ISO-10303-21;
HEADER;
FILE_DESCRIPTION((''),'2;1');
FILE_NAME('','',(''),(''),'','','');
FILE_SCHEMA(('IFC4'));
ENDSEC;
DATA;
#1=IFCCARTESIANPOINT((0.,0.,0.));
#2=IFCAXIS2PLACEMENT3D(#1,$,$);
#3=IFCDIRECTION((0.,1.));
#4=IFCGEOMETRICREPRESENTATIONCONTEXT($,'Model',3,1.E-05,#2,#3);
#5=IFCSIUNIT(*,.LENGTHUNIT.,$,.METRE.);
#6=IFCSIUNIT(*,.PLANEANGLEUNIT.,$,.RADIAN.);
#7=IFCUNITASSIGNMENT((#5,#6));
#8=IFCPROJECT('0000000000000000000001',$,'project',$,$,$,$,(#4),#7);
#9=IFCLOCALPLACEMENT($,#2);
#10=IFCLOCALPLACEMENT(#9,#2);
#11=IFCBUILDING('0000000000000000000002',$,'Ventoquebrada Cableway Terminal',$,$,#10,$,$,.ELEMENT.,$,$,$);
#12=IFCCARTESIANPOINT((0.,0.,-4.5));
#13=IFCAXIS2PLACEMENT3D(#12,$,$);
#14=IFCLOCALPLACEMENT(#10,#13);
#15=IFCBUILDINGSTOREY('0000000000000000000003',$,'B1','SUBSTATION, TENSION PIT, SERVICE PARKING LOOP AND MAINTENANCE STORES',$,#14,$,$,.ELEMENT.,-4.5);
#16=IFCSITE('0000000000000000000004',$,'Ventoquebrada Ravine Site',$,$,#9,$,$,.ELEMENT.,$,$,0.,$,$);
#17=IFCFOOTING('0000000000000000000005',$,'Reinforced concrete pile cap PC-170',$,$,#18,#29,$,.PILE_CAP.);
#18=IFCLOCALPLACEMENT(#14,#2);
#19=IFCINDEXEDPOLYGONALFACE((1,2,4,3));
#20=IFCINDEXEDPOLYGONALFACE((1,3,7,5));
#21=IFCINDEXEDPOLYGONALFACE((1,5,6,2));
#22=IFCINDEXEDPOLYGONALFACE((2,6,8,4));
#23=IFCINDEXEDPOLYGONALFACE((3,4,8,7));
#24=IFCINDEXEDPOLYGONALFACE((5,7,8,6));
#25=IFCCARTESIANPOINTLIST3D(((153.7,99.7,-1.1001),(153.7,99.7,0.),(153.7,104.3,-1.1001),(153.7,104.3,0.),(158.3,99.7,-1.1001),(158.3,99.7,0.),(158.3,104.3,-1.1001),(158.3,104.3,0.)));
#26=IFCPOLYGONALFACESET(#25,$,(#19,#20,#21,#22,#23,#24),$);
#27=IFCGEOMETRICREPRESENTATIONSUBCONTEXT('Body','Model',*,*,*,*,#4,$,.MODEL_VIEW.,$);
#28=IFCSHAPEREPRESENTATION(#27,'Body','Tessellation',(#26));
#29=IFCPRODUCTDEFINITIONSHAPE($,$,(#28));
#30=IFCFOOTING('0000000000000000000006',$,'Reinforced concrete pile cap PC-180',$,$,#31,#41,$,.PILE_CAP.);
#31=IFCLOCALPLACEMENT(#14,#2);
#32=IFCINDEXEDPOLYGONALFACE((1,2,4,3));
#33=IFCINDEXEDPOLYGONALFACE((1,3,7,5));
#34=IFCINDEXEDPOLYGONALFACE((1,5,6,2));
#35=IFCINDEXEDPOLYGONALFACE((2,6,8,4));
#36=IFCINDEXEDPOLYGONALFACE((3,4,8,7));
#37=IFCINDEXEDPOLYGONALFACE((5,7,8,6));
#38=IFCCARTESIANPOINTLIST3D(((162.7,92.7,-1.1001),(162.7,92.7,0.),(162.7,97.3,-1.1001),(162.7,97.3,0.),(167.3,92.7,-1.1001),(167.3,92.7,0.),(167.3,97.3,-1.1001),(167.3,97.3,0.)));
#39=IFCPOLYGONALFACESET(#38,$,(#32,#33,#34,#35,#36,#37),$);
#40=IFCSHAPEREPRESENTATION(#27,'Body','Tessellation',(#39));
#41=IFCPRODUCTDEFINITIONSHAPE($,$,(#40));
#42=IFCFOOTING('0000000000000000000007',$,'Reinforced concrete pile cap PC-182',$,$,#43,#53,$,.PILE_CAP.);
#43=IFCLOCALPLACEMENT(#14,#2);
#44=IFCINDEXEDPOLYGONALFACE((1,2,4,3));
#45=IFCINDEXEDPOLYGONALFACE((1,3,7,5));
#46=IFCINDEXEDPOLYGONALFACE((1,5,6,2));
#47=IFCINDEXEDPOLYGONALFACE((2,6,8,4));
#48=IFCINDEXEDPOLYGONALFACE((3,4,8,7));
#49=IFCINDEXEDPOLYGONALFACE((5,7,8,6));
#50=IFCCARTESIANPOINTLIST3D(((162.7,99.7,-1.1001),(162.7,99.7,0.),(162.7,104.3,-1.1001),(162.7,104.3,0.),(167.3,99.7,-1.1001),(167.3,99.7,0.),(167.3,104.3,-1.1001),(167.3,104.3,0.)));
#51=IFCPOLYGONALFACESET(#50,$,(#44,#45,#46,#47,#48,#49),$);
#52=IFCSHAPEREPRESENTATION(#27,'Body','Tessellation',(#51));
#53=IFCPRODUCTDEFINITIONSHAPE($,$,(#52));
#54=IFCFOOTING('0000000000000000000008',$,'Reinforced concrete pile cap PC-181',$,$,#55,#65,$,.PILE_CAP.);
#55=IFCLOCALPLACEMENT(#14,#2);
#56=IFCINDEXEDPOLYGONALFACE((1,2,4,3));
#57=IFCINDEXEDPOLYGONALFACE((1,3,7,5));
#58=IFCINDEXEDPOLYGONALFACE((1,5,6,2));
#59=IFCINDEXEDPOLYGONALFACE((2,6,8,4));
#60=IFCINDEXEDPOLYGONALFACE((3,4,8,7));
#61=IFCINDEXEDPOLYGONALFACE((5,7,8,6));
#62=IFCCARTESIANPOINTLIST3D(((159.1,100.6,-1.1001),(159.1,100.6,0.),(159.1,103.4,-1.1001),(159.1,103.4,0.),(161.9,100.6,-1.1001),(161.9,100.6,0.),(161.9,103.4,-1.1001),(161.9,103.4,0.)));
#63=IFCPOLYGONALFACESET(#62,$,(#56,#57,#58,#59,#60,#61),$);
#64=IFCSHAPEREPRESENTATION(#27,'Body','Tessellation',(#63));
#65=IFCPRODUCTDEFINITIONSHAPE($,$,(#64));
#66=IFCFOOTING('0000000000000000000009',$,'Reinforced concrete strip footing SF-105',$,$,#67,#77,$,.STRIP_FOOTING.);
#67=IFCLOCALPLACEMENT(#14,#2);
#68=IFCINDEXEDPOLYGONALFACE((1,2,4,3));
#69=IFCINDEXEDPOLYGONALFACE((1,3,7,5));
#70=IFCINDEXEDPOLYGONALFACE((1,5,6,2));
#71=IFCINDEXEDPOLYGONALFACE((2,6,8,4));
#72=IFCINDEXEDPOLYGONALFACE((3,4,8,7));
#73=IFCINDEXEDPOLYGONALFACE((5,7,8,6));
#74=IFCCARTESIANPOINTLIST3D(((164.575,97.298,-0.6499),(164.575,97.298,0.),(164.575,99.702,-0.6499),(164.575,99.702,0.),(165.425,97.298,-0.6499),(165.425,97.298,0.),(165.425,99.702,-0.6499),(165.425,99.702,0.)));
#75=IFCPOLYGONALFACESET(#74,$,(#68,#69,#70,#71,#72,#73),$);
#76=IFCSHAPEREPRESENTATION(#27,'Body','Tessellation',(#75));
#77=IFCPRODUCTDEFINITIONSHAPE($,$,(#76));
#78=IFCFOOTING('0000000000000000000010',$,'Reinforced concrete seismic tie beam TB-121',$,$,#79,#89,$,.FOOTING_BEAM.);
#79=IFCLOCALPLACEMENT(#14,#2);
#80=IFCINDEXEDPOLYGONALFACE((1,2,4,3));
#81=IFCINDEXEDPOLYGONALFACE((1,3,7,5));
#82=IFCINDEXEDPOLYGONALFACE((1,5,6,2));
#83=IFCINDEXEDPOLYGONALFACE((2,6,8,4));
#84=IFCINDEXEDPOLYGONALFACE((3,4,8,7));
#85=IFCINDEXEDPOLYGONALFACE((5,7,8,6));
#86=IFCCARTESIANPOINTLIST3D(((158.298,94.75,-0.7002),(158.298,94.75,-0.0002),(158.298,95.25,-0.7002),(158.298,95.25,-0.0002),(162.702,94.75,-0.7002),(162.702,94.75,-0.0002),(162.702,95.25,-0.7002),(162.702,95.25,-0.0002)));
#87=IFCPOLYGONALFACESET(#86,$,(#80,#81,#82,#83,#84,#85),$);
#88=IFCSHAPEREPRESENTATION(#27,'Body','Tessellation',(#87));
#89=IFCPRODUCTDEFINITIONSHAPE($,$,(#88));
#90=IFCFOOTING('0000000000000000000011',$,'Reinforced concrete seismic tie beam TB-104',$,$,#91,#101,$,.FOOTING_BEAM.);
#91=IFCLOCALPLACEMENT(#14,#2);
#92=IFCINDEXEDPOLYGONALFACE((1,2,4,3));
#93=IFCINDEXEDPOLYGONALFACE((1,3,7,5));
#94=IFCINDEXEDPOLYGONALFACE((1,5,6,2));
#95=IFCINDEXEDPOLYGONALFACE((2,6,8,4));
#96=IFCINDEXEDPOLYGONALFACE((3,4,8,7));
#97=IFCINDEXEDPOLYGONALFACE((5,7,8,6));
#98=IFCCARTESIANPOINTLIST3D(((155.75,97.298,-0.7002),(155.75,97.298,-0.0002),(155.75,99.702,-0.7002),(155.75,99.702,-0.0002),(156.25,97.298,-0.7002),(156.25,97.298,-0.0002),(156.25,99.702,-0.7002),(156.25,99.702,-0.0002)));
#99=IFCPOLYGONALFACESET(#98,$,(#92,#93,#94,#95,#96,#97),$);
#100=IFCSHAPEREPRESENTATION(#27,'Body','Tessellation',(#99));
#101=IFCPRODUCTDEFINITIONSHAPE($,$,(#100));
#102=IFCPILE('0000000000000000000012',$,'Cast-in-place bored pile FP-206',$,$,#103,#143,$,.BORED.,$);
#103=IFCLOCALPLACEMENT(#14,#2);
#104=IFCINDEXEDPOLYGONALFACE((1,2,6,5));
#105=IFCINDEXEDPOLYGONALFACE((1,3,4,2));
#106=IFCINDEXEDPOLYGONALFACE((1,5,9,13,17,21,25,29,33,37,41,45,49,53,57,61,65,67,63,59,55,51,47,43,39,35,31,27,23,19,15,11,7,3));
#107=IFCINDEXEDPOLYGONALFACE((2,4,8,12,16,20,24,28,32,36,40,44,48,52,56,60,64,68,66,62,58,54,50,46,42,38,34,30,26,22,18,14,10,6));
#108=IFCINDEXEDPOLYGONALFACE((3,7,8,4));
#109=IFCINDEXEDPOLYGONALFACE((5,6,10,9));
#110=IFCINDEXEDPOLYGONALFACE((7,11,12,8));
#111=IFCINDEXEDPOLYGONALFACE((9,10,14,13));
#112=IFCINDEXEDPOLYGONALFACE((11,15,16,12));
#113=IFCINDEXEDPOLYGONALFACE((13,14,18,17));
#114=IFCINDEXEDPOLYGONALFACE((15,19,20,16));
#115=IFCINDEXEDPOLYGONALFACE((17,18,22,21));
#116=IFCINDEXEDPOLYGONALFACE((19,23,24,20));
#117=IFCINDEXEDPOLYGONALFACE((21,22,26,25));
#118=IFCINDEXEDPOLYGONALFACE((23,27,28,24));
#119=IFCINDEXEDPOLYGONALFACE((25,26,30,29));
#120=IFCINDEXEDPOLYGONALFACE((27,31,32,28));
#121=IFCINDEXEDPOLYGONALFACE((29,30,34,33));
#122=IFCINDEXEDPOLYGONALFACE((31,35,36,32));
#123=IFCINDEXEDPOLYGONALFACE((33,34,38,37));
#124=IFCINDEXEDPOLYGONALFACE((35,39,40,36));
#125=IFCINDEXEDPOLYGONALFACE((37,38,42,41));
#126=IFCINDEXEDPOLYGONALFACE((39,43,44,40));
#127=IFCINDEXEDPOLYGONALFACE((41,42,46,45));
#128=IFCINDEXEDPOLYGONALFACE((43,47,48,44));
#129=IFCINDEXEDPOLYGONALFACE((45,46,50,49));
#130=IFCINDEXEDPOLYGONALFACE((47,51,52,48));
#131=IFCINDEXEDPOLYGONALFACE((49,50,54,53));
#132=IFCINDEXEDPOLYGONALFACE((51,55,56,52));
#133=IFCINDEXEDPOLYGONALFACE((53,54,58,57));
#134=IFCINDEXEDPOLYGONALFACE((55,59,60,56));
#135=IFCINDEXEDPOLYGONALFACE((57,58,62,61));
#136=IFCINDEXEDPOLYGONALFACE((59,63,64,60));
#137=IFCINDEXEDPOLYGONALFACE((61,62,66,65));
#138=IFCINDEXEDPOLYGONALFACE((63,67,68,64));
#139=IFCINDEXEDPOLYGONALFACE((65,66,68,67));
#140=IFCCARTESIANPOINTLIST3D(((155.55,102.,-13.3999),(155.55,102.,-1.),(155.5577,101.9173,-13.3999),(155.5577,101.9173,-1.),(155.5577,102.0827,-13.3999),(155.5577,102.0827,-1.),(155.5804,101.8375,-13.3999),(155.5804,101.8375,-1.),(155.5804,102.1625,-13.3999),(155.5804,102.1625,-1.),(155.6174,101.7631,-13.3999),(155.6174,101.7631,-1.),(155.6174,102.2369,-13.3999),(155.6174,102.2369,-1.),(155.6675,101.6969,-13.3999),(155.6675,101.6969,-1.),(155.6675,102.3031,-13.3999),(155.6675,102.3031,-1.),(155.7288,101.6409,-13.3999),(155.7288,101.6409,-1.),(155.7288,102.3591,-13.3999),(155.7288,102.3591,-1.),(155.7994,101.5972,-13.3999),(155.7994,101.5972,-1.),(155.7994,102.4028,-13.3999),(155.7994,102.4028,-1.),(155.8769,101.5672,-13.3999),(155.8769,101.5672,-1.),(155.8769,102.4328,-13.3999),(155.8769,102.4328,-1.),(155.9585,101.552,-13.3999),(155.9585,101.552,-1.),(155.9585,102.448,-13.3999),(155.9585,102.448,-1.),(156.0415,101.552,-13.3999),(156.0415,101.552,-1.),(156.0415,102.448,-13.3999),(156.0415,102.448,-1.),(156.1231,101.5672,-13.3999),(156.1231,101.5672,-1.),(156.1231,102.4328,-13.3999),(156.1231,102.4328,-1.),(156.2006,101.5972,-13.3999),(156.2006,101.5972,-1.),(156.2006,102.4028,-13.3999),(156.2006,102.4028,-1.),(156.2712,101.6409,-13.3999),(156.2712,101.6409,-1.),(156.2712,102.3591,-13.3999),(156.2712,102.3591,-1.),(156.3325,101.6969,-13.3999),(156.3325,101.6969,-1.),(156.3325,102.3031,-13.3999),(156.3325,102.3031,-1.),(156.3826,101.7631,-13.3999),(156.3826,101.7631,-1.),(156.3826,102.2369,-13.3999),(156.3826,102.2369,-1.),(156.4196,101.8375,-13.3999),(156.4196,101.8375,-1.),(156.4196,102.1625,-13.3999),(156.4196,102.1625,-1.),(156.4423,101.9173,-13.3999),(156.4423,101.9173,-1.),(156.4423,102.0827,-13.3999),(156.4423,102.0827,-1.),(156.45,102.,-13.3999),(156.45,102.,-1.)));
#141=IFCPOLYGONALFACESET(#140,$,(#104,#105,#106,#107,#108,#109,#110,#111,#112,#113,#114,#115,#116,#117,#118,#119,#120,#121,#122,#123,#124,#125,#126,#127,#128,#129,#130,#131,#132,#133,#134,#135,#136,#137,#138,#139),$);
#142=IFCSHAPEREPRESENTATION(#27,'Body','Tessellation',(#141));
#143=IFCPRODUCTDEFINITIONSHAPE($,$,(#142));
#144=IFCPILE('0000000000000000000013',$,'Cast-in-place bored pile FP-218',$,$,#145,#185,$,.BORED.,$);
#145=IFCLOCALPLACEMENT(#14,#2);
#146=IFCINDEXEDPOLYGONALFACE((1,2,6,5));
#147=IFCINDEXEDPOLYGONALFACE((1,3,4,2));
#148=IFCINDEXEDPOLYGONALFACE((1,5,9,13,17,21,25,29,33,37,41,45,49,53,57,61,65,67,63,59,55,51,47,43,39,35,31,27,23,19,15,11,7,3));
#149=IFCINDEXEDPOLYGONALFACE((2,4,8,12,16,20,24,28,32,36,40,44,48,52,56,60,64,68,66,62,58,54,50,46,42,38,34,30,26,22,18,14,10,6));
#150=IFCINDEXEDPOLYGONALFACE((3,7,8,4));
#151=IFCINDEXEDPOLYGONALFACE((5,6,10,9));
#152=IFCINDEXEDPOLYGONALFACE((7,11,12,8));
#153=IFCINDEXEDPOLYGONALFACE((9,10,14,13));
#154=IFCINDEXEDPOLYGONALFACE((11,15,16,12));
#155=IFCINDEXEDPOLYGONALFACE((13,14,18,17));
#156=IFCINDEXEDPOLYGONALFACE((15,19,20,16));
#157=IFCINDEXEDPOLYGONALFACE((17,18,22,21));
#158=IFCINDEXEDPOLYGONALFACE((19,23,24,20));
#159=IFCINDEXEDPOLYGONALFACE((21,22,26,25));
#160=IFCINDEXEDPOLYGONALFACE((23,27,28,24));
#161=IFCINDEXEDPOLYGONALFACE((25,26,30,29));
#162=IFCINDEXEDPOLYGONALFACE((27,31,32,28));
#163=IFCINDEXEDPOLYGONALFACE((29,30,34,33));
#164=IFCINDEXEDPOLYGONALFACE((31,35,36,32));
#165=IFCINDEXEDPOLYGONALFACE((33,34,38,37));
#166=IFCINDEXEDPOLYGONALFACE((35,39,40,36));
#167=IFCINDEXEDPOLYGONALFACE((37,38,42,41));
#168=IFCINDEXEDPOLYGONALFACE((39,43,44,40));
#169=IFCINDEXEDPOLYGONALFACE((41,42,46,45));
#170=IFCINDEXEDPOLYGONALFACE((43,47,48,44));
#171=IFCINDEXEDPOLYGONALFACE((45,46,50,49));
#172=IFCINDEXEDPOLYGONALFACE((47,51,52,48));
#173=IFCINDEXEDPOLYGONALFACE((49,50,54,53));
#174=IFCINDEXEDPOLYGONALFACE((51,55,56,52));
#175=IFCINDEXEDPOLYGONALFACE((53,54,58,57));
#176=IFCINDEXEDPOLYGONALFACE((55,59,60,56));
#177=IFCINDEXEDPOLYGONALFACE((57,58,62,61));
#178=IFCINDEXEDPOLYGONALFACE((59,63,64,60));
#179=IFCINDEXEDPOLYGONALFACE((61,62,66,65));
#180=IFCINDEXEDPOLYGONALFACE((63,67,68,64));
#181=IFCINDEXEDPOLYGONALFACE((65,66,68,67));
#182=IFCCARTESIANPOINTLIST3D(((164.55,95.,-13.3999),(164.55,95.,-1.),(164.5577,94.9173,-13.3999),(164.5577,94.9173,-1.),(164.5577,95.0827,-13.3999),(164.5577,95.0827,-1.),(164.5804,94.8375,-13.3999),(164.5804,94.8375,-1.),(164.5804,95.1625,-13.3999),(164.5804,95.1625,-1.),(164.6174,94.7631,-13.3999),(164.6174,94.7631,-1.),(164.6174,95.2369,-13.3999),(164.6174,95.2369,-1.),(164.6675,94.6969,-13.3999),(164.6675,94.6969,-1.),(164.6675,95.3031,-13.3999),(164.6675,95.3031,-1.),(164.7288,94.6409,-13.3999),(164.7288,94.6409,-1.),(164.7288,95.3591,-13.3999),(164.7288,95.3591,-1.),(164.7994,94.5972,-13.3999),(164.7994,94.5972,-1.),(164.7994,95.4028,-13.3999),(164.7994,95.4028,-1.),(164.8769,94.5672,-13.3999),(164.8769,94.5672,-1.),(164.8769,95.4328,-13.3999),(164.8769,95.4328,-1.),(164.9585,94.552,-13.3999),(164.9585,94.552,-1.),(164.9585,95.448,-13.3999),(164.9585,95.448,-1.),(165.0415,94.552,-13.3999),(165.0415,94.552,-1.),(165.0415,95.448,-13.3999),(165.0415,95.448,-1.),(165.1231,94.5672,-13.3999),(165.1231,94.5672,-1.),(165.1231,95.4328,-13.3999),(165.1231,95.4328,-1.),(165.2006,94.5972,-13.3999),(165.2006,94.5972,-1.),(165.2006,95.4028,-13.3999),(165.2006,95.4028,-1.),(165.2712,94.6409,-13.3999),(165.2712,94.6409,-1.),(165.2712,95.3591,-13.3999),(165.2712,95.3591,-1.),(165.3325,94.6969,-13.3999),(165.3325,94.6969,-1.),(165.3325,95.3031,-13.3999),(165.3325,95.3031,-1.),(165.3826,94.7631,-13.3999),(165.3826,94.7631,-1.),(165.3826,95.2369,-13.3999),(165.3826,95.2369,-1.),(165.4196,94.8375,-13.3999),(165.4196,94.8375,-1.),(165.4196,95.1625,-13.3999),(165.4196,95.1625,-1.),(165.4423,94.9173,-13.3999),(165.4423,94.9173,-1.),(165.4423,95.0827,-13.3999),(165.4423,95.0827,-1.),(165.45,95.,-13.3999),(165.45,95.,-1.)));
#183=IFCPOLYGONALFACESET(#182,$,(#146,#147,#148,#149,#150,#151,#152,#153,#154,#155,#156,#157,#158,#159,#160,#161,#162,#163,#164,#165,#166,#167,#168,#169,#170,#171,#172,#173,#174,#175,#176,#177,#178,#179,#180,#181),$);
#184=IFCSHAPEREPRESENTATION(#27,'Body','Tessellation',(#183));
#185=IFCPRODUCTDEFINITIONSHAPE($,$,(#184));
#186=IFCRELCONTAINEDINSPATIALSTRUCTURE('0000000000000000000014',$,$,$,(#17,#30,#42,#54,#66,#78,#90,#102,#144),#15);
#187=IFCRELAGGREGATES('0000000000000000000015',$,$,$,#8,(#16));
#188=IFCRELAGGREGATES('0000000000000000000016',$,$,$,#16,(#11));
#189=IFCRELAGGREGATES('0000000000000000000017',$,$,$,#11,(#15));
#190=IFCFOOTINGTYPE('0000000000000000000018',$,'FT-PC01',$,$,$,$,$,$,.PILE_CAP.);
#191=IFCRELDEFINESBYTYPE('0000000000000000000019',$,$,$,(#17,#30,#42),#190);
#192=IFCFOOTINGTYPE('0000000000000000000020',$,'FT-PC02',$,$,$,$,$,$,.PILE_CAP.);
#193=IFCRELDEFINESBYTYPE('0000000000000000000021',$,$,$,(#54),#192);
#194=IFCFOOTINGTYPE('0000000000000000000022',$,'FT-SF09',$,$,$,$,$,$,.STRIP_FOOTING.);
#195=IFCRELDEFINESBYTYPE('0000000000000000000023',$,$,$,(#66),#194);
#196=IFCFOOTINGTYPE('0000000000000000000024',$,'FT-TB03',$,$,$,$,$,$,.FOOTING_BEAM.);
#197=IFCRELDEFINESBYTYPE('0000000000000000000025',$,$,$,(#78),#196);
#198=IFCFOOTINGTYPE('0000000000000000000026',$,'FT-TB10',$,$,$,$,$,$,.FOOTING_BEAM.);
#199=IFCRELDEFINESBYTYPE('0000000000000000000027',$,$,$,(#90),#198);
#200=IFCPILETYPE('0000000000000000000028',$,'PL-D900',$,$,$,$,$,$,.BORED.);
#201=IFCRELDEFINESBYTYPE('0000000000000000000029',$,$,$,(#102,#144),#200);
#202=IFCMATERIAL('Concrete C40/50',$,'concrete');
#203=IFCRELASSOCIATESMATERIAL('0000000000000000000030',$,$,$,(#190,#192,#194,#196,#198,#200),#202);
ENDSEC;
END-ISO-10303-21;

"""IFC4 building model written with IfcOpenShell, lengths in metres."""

from ifc_helpers import new_model, si_unit, direction, frame, origin, origin_2d, place, context, subcontext, project, spatial, rectangle, circle, extrude, material, material_profile, profile_set, type_object, element, save


model = new_model("IFC4")

# Units and contexts
model_context = context("Model", 3, precision=1e-05, world=origin(), true_north=direction((0.0, 1.0)))
body_context = subcontext(model_context, "Body", "Model", "MODEL_VIEW")
ifc_project = project(units=[si_unit("LENGTHUNIT", "METRE"), si_unit("PLANEANGLEUNIT", "RADIAN")], contexts=[model_context])

# Site, building, storey
site_placement = place(None, origin())
site = spatial("IfcSite", under=ifc_project, at=site_placement, Name="Ventoquebrada Ravine Site", CompositionType="ELEMENT", RefElevation=0.0)
building_placement = place(site_placement, origin())
building = spatial("IfcBuilding", under=site, at=building_placement, Name="Ventoquebrada Cableway Terminal", CompositionType="ELEMENT")
storey_placement = place(building_placement, frame((0.0, 0.0, -4.5)))
storey = spatial("IfcBuildingStorey", under=building, at=storey_placement, Name="B1", Description="SUBSTATION, TENSION PIT, SERVICE PARKING LOOP AND MAINTENANCE STORES", CompositionType="ELEMENT", Elevation=-4.5)

# Footings
ifc_material_1 = material(Name="Concrete C40/50", Category="concrete")
footing_type_1 = type_object("IfcFootingType", Name="FT-PC01", PredefinedType="PILE_CAP", material=ifc_material_1)
for number, where, z_axis, x_axis, name in (
    (1, (156.0, 102.0, -1.1001), (0.0, 0.0, 1.0), (1.0, 0.0, 0.0), "Reinforced concrete pile cap PC-170"),
    (2, (165.0, 95.0, -1.1001), (0.0, 0.0, 1.0), (1.0, 0.0, 0.0), "Reinforced concrete pile cap PC-180"),
    (3, (165.0, 102.0, -1.1001), (0.0, 0.0, 1.0), (1.0, 0.0, 0.0), "Reinforced concrete pile cap PC-182"),
):
    element("IfcFooting", number, at=place(storey_placement, frame(where, z_axis=z_axis, x_axis=x_axis)), inside=storey, type_object=footing_type_1, Name=name, PredefinedType="PILE_CAP", context=body_context, shape_type="SweptSolid", body=[
        extrude(rectangle(XDim=4.6001, YDim=4.6001, at=origin_2d()), origin(), (0.0, 0.0, 1.0), 1.1001),
    ])
footing_type_2 = type_object("IfcFootingType", Name="FT-PC02", PredefinedType="PILE_CAP", material=ifc_material_1)
footing_1_placement = place(storey_placement, frame((160.5, 102.0, -1.1001), z_axis=(0.0, 0.0, 1.0), x_axis=(1.0, 0.0, 0.0)))
element("IfcFooting", 4, at=footing_1_placement, inside=storey, type_object=footing_type_2, Name="Reinforced concrete pile cap PC-181", PredefinedType="PILE_CAP", context=body_context, shape_type="SweptSolid", body=[
    extrude(rectangle(XDim=2.8, YDim=2.8, at=origin_2d()), origin(), (0.0, 0.0, 1.0), 1.1001),
])
footing_type_3 = type_object("IfcFootingType", Name="FT-SF09", PredefinedType="STRIP_FOOTING", material=ifc_material_1)
footing_2_placement = place(storey_placement, frame((165.0, 98.5, -0.6499), z_axis=(0.0, 0.0, 1.0), x_axis=(0.0, 1.0, 0.0)))
element("IfcFooting", 5, at=footing_2_placement, inside=storey, type_object=footing_type_3, Name="Reinforced concrete strip footing SF-105", PredefinedType="STRIP_FOOTING", context=body_context, shape_type="SweptSolid", body=[
    extrude(rectangle(XDim=2.4041, YDim=0.8501, at=origin_2d()), origin(), (0.0, 0.0, 1.0), 0.6499),
])
footing_type_4 = type_object("IfcFootingType", Name="FT-TB03", PredefinedType="FOOTING_BEAM", material=ifc_material_1)
footing_3_placement = place(storey_placement, frame((160.5, 95.0, -0.7002), z_axis=(0.0, 0.0, 1.0), x_axis=(1.0, 0.0, 0.0)))
element("IfcFooting", 6, at=footing_3_placement, inside=storey, type_object=footing_type_4, Name="Reinforced concrete seismic tie beam TB-121", PredefinedType="FOOTING_BEAM", context=body_context, shape_type="SweptSolid", body=[
    extrude(rectangle(XDim=4.4041, YDim=0.5, at=origin_2d()), origin(), (0.0, 0.0, 1.0), 0.7),
])
footing_type_5 = type_object("IfcFootingType", Name="FT-TB10", PredefinedType="FOOTING_BEAM", material=ifc_material_1)
footing_4_placement = place(storey_placement, frame((156.0, 98.5, -0.7002), z_axis=(0.0, 0.0, 1.0), x_axis=(0.0, 1.0, 0.0)))
element("IfcFooting", 7, at=footing_4_placement, inside=storey, type_object=footing_type_5, Name="Reinforced concrete seismic tie beam TB-104", PredefinedType="FOOTING_BEAM", context=body_context, shape_type="SweptSolid", body=[
    extrude(rectangle(XDim=2.4041, YDim=0.5, at=origin_2d()), origin(), (0.0, 0.0, 1.0), 0.7),
])

# Piles
ifc_material_profile_1 = material_profile(ifc_material_1, circle(Radius=0.45, at=origin_2d()), Name="PILE-D900")
ifc_profile_set_1 = profile_set([ifc_material_profile_1], Name="Concrete C40/50")
pile_type = type_object("IfcPileType", Name="PL-D900", PredefinedType="BORED", material=ifc_profile_set_1)
for number, where, z_axis, x_axis, name in (
    (8, (156.0, 102.0, -1.0), (0.0, 0.0, -1.0), (1.0, 0.0, 0.0), "Cast-in-place bored pile FP-206"),
    (9, (165.0, 95.0, -1.0), (0.0, 0.0, -1.0), (1.0, 0.0, 0.0), "Cast-in-place bored pile FP-218"),
):
    element("IfcPile", number, at=place(storey_placement, frame(where, z_axis=z_axis, x_axis=x_axis)), inside=storey, type_object=pile_type, Name=name, PredefinedType="BORED", context=body_context, shape_type="SweptSolid", body=[
        extrude(circle(Radius=0.45, at=origin_2d()), origin(), (0.0, 0.0, 1.0), 12.3999),
    ])

save(model, "model.ifc")
